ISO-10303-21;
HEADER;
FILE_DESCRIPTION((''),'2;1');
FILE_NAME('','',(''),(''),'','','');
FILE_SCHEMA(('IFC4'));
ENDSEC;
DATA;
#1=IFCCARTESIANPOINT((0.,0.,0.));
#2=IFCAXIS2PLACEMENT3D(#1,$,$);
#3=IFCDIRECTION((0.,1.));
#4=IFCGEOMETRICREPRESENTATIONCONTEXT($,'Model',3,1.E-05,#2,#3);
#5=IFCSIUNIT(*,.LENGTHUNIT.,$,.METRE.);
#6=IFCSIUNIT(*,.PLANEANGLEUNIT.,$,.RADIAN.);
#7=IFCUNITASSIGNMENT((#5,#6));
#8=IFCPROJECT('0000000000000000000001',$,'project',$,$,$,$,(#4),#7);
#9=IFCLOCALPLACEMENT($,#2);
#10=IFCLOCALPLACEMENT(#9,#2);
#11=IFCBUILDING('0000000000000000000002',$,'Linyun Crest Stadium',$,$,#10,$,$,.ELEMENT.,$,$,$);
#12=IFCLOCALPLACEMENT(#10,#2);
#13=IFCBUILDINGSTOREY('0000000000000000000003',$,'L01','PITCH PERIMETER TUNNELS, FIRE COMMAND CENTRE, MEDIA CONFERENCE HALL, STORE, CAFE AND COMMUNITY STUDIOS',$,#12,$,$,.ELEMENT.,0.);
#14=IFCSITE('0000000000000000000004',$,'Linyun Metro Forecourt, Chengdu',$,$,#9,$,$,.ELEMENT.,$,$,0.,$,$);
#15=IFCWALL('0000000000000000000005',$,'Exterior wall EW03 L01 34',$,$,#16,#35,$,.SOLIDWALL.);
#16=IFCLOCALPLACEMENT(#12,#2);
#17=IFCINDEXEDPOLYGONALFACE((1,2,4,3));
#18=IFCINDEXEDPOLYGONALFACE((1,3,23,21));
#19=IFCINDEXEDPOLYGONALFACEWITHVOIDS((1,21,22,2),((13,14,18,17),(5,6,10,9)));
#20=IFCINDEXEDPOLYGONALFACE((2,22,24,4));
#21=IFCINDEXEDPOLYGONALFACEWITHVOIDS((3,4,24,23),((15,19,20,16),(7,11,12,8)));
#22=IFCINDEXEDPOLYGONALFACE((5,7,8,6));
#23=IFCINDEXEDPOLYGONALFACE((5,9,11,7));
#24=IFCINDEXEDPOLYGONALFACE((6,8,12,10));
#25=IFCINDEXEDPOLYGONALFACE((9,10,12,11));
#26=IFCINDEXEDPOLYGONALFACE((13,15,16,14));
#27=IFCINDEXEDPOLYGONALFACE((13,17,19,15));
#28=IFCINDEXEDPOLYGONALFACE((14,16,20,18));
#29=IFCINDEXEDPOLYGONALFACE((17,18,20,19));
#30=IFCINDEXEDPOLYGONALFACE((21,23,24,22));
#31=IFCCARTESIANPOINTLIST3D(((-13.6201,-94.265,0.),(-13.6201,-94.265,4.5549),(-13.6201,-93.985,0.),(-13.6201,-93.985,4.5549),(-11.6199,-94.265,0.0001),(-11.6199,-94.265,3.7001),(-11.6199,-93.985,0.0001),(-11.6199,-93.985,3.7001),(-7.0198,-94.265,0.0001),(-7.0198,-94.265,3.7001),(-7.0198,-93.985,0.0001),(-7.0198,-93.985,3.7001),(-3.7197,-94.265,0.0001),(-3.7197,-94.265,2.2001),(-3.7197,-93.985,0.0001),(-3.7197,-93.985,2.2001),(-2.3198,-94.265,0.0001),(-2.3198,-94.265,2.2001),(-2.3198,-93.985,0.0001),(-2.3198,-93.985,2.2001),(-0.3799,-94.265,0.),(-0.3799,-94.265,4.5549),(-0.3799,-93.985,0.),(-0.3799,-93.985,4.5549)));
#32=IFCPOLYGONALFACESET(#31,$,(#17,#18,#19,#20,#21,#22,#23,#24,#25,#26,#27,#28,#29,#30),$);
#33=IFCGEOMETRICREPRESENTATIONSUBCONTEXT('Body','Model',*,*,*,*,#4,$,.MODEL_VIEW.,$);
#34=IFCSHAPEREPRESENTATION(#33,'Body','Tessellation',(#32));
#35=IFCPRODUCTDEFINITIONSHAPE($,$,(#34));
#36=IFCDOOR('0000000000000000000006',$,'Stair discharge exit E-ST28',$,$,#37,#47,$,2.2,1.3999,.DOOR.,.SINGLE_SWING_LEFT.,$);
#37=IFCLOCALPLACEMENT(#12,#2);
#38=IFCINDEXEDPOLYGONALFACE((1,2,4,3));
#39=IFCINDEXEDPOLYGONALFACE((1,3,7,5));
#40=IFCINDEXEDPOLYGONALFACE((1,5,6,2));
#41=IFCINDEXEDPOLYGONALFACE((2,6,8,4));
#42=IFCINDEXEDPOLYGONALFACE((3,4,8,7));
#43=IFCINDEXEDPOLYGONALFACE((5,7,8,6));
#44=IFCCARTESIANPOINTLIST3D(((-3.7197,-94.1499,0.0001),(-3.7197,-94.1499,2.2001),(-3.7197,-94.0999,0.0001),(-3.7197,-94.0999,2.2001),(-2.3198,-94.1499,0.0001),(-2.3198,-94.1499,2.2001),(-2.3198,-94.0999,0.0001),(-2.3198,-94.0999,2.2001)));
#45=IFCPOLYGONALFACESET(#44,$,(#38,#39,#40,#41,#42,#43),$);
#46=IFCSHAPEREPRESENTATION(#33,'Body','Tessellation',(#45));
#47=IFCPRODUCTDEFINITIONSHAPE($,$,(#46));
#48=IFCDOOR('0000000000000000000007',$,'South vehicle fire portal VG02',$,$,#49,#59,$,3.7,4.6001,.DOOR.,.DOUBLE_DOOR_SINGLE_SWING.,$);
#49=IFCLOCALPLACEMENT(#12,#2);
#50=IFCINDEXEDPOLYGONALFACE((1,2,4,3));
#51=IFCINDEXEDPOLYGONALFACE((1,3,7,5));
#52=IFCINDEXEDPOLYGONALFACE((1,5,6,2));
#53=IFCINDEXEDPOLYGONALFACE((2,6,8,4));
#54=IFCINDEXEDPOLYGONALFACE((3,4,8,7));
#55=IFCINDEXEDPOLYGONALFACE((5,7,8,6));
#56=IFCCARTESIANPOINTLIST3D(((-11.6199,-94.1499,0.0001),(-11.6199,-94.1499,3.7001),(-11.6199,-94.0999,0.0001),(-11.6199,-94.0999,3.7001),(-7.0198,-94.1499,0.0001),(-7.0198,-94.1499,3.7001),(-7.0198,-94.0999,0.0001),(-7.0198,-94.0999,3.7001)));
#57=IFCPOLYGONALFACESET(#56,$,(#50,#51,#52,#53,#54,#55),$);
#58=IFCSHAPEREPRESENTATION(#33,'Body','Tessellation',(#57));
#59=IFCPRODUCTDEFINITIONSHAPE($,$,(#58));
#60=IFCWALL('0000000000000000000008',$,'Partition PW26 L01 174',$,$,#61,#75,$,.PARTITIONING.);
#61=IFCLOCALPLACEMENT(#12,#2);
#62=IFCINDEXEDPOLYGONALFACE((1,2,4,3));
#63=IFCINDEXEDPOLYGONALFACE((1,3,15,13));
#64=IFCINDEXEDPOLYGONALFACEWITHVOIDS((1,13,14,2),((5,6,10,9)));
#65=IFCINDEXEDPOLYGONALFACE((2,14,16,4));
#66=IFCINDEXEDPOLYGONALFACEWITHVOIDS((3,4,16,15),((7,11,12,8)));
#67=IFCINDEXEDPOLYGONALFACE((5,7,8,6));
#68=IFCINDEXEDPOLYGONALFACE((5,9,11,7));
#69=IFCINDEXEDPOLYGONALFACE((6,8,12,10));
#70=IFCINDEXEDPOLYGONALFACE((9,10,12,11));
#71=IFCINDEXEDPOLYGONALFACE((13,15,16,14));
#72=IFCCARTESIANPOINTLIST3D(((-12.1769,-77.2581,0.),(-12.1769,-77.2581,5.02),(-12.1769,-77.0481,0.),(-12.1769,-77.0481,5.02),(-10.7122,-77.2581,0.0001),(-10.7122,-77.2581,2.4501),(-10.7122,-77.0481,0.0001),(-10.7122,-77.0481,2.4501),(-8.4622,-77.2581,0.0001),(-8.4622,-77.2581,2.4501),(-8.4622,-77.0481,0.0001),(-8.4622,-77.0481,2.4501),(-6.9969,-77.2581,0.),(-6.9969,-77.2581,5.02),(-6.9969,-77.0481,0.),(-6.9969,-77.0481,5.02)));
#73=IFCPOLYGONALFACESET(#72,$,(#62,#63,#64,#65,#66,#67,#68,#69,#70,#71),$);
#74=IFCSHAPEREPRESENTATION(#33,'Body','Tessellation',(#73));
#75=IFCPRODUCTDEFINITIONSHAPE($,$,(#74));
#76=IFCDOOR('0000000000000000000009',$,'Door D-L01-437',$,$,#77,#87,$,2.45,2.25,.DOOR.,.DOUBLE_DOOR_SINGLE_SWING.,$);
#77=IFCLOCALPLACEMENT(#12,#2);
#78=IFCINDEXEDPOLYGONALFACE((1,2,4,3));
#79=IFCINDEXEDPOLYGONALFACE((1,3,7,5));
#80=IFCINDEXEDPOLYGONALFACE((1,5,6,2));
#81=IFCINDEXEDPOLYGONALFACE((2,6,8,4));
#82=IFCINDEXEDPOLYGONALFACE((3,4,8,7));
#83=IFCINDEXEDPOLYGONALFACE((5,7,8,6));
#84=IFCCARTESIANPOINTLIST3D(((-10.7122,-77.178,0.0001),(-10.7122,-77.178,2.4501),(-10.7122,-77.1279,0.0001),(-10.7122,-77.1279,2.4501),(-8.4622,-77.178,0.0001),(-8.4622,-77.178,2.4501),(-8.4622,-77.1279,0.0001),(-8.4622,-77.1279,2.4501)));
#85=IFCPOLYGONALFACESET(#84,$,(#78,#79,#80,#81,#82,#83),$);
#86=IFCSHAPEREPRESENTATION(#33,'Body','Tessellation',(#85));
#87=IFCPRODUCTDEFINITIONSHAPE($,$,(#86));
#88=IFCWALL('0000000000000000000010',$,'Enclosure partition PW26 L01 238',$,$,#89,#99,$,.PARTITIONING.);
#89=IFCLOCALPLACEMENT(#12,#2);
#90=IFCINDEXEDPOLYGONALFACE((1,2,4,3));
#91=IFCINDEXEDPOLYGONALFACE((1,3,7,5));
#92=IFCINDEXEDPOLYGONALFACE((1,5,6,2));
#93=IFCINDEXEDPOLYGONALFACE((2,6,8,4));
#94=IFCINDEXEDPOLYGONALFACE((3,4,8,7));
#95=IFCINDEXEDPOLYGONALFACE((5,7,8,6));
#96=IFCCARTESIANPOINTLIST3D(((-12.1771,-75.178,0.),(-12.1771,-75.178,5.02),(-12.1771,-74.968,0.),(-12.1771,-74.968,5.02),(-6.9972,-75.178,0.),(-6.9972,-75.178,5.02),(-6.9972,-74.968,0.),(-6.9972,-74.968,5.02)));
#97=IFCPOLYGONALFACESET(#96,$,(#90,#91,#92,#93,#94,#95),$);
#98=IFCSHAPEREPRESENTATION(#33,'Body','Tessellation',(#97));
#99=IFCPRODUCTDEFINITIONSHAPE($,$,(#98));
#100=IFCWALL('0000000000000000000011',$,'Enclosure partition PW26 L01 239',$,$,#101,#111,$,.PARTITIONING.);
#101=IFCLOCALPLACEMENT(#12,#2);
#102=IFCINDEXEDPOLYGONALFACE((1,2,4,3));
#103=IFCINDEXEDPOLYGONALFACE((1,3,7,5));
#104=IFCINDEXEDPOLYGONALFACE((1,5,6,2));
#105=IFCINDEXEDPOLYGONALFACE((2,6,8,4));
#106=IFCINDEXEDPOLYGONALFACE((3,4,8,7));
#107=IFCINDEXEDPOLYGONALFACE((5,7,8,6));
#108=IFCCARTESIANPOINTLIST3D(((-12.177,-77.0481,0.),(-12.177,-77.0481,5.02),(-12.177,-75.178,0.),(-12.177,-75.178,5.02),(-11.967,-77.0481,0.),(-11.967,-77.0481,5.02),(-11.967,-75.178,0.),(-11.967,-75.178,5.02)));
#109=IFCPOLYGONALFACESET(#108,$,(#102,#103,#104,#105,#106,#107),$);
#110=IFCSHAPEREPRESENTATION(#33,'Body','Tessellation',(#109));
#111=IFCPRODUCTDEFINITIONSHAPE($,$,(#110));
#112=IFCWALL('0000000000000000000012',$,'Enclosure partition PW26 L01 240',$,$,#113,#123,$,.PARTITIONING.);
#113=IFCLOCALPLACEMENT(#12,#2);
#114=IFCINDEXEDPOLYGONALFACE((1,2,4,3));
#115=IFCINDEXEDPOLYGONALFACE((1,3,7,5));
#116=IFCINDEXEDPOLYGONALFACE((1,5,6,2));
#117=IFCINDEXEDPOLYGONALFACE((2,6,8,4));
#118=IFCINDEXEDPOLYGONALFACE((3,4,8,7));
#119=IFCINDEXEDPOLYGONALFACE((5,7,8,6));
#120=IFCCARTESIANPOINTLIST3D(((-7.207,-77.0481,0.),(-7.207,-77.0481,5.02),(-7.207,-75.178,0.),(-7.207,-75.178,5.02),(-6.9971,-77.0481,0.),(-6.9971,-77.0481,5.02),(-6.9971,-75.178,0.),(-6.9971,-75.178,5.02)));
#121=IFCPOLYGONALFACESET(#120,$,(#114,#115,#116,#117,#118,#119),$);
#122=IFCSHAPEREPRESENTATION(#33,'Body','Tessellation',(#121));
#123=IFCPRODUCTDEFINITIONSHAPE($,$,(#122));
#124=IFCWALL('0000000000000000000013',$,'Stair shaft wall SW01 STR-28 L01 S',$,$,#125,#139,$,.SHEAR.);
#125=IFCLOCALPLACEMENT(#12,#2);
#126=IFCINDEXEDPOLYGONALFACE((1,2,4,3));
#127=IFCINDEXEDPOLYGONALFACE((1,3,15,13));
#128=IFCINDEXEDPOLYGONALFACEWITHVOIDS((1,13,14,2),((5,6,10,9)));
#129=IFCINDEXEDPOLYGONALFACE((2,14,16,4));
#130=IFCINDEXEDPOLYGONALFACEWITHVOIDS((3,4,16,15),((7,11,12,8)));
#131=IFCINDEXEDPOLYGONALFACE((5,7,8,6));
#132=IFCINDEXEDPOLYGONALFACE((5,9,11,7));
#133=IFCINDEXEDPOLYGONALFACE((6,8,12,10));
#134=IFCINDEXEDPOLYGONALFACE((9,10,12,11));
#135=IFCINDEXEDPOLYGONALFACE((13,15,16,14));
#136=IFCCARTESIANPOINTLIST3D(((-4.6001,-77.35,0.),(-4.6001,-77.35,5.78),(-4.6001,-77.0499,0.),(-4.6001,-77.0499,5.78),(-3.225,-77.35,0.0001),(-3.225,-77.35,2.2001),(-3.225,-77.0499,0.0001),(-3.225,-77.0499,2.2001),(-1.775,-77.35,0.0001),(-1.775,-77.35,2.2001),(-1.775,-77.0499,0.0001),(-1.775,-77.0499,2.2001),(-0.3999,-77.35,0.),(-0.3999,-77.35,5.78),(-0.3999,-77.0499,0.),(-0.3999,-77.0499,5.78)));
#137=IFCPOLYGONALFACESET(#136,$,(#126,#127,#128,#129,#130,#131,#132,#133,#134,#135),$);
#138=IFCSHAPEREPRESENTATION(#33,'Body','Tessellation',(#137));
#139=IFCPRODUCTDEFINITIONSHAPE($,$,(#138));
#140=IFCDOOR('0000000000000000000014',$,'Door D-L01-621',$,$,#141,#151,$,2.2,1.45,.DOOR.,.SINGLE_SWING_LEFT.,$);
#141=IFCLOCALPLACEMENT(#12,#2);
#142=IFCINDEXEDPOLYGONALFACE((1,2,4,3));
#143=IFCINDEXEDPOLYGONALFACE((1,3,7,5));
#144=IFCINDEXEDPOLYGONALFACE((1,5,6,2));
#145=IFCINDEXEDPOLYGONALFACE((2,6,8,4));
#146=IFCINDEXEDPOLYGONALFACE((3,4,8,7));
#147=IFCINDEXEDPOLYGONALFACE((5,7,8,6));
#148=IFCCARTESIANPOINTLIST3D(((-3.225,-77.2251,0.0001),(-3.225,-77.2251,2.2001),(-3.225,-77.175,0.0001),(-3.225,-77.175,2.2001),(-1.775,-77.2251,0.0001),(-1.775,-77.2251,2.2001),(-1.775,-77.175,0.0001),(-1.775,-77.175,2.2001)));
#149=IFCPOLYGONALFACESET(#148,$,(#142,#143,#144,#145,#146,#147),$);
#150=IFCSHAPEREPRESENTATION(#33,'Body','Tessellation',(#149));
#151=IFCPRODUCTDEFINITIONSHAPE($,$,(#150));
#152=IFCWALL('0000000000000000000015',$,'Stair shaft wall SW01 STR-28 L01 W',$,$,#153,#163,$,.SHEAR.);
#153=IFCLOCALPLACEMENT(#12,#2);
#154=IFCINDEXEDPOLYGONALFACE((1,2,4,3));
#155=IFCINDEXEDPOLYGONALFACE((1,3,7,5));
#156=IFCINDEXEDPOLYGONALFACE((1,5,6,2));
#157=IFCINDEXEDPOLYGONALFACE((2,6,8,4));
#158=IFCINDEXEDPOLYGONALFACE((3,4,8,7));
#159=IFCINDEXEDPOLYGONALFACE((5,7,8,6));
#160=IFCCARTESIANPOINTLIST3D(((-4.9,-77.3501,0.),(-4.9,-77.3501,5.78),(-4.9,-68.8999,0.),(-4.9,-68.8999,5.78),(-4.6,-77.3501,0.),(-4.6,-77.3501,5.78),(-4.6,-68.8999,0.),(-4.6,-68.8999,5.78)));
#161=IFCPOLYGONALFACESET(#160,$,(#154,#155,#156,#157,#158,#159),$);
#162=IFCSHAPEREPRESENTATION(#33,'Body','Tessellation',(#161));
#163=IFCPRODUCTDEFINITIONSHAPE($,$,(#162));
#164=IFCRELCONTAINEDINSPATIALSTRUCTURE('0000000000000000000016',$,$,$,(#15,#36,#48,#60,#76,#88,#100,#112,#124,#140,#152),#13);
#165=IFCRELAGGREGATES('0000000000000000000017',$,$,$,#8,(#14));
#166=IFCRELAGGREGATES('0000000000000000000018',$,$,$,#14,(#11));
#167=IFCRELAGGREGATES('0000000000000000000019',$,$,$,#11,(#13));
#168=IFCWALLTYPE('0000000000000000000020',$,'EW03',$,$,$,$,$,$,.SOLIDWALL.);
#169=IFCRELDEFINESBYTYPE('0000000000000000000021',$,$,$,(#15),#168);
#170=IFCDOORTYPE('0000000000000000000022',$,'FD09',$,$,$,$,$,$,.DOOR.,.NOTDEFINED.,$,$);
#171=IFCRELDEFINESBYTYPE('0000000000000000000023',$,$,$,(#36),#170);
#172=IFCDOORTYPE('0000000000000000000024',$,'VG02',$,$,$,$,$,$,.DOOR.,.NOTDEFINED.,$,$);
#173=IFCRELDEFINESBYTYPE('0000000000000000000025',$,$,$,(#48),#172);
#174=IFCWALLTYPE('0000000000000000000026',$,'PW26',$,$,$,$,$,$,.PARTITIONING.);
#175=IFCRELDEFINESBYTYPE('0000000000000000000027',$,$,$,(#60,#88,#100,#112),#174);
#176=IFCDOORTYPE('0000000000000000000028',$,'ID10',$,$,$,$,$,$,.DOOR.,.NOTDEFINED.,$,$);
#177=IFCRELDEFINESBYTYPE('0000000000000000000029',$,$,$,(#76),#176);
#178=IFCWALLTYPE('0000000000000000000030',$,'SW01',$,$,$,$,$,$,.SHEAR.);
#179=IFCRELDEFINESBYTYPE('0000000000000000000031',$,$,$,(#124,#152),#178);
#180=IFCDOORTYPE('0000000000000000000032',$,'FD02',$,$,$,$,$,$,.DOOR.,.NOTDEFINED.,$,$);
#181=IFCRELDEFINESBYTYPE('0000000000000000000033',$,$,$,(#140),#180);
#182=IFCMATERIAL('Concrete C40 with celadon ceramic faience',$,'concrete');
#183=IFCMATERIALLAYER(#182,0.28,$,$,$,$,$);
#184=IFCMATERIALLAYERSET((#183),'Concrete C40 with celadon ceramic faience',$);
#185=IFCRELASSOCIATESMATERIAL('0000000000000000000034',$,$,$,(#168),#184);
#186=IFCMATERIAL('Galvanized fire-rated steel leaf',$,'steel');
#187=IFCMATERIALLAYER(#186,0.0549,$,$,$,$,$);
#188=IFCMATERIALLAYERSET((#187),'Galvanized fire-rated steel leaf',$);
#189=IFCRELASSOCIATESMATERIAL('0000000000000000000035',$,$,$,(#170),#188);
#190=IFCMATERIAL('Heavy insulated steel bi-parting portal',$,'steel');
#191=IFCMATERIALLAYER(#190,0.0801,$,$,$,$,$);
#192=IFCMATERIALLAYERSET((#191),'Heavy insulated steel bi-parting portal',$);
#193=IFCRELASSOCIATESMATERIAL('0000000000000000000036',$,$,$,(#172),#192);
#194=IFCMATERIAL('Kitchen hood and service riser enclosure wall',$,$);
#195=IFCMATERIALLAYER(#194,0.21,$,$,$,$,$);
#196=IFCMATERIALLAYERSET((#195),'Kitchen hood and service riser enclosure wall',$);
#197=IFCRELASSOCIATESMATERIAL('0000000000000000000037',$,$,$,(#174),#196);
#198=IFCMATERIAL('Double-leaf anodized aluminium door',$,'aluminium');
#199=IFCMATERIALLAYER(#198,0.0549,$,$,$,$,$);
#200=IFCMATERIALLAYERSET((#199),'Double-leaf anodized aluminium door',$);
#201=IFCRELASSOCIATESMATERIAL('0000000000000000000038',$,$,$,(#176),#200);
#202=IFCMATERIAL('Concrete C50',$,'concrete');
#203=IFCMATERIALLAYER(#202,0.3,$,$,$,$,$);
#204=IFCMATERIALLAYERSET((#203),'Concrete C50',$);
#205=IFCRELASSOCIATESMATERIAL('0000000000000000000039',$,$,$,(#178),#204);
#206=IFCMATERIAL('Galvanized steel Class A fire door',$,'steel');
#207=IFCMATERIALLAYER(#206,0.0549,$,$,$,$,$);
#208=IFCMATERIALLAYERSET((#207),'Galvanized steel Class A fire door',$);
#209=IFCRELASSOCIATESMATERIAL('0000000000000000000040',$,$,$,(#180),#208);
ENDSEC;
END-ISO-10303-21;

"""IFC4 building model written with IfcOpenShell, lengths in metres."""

from ifc_helpers import new_model, si_unit, direction, frame, frame_2d, origin, place, context, subcontext, project, spatial, rectangle, extrude, material, layer, layer_set, type_object, element, fill, save


model = new_model("IFC4")

# Units and contexts
model_context = context("Model", 3, precision=1e-05, world=origin(), true_north=direction((0.0, 1.0)))
body_context = subcontext(model_context, "Body", "Model", "MODEL_VIEW")
ifc_project = project(units=[si_unit("LENGTHUNIT", "METRE"), si_unit("PLANEANGLEUNIT", "RADIAN")], contexts=[model_context])

# Site, building, storey
site_placement = place(None, origin())
site = spatial("IfcSite", under=ifc_project, at=site_placement, Name="Linyun Metro Forecourt, Chengdu", CompositionType="ELEMENT", RefElevation=0.0)
building_placement = place(site_placement, origin())
building = spatial("IfcBuilding", under=site, at=building_placement, Name="Linyun Crest Stadium", CompositionType="ELEMENT")
storey_placement = place(building_placement, origin())
storey = spatial("IfcBuildingStorey", under=building, at=storey_placement, Name="L01", Description="PITCH PERIMETER TUNNELS, FIRE COMMAND CENTRE, MEDIA CONFERENCE HALL, STORE, CAFE AND COMMUNITY STUDIOS", CompositionType="ELEMENT", Elevation=0.0)

# Wall, openings, doors
ifc_material_1 = material(Name="Concrete C40 with celadon ceramic faience", Category="concrete")
ifc_layer_1 = layer(ifc_material_1, 0.28)
ifc_layer_set_1 = layer_set([ifc_layer_1], Name="Concrete C40 with celadon ceramic faience")
wall_type_1 = type_object("IfcWallType", Name="EW03", PredefinedType="SOLIDWALL", material=ifc_layer_set_1)
wall_1_placement = place(storey_placement, frame((-0.3799, -94.125, 0.0), z_axis=(0.0, 0.0, 1.0), x_axis=(-1.0, 0.0, 0.0)))
wall_1 = element("IfcWall", 1, at=wall_1_placement, inside=storey, type_object=wall_type_1, Name="Exterior wall EW03 L01 34", PredefinedType="SOLIDWALL", context=body_context, shape_type="SweptSolid", body=[
    extrude(rectangle(XDim=13.2402, YDim=0.28, at=frame_2d((6.6201, 0.0))), origin(), (0.0, 0.0, 1.0), 4.5549),
])
opening_1_placement = place(wall_1_placement, frame((6.6399, 0.0, 0.0)))
opening_1 = element("IfcOpeningElement", 2, at=opening_1_placement, cuts=wall_1, PredefinedType="OPENING", context=body_context, shape_type="SweptSolid", body=[
    extrude(rectangle(XDim=4.6001, YDim=3.7, at=frame_2d((2.3, 1.8501))), frame((0.0, 0.1499, 0.0), z_axis=(0.0, -1.0, 0.0), x_axis=(1.0, 0.0, 0.0)), (0.0, 0.0, 1.0), 0.3),
])
opening_2_placement = place(wall_1_placement, frame((1.9399, 0.0, 0.0)))
opening_2 = element("IfcOpeningElement", 3, at=opening_2_placement, cuts=wall_1, PredefinedType="OPENING", context=body_context, shape_type="SweptSolid", body=[
    extrude(rectangle(XDim=1.3999, YDim=2.2, at=frame_2d((0.7, 1.1001))), frame((0.0, 0.1499, 0.0), z_axis=(0.0, -1.0, 0.0), x_axis=(1.0, 0.0, 0.0)), (0.0, 0.0, 1.0), 0.3),
])
ifc_material_2 = material(Name="Galvanized fire-rated steel leaf", Category="steel")
ifc_layer_2 = layer(ifc_material_2, 0.0549)
ifc_layer_set_2 = layer_set([ifc_layer_2], Name="Galvanized fire-rated steel leaf")
door_type_1 = type_object("IfcDoorType", Name="FD09", OperationType="NOTDEFINED", PredefinedType="DOOR", material=ifc_layer_set_2)
door_1_placement = place(opening_2_placement, origin())
door_1 = element("IfcDoor", 4, at=door_1_placement, inside=storey, type_object=door_type_1, Name="Stair discharge exit E-ST28", OperationType="SINGLE_SWING_LEFT", OverallHeight=2.2, OverallWidth=1.3999, PredefinedType="DOOR", context=body_context, shape_type="SweptSolid", body=[
    extrude(rectangle(XDim=1.3999, YDim=2.2, at=frame_2d((0.7, 1.1001))), frame((0.0, 0.0249, 0.0), z_axis=(0.0, -1.0, 0.0), x_axis=(1.0, 0.0, 0.0)), (0.0, 0.0, 1.0), 0.05),
])
fill(opening_2, door_1)
ifc_material_3 = material(Name="Heavy insulated steel bi-parting portal", Category="steel")
ifc_layer_3 = layer(ifc_material_3, 0.0801)
ifc_layer_set_3 = layer_set([ifc_layer_3], Name="Heavy insulated steel bi-parting portal")
door_type_2 = type_object("IfcDoorType", Name="VG02", OperationType="NOTDEFINED", PredefinedType="DOOR", material=ifc_layer_set_3)
door_2_placement = place(opening_1_placement, origin())
door_2 = element("IfcDoor", 5, at=door_2_placement, inside=storey, type_object=door_type_2, Name="South vehicle fire portal VG02", OperationType="DOUBLE_DOOR_SINGLE_SWING", OverallHeight=3.7, OverallWidth=4.6001, PredefinedType="DOOR", context=body_context, shape_type="SweptSolid", body=[
    extrude(rectangle(XDim=4.6001, YDim=3.7, at=frame_2d((2.3, 1.8501))), frame((0.0, 0.0249, 0.0), z_axis=(0.0, -1.0, 0.0), x_axis=(1.0, 0.0, 0.0)), (0.0, 0.0, 1.0), 0.05),
])
fill(opening_1, door_2)

# Wall, opening, door
ifc_material_4 = material(Name="Kitchen hood and service riser enclosure wall")
ifc_layer_4 = layer(ifc_material_4, 0.21)
ifc_layer_set_4 = layer_set([ifc_layer_4], Name="Kitchen hood and service riser enclosure wall")
wall_type_2 = type_object("IfcWallType", Name="PW26", PredefinedType="PARTITIONING", material=ifc_layer_set_4)
wall_2_placement = place(storey_placement, frame((-6.9971, -77.1531, 0.0), z_axis=(0.0, 0.0, 1.0), x_axis=(-1.0, 0.0, 0.0)))
wall_2 = element("IfcWall", 6, at=wall_2_placement, inside=storey, type_object=wall_type_2, Name="Partition PW26 L01 174", PredefinedType="PARTITIONING", context=body_context, shape_type="SweptSolid", body=[
    extrude(rectangle(XDim=5.1799, YDim=0.21, at=frame_2d((2.5898, 0.0))), origin(), (0.0, 0.0, 1.0), 5.02),
])
opening_3_placement = place(wall_2_placement, frame((1.4651, 0.0, 0.0)))
opening_3 = element("IfcOpeningElement", 7, at=opening_3_placement, cuts=wall_2, PredefinedType="OPENING", context=body_context, shape_type="SweptSolid", body=[
    extrude(rectangle(XDim=2.25, YDim=2.45, at=frame_2d((1.125, 1.2251))), frame((0.0, 0.115, 0.0), z_axis=(0.0, -1.0, 0.0), x_axis=(1.0, 0.0, 0.0)), (0.0, 0.0, 1.0), 0.23),
])
ifc_material_5 = material(Name="Double-leaf anodized aluminium door", Category="aluminium")
ifc_layer_5 = layer(ifc_material_5, 0.0549)
ifc_layer_set_5 = layer_set([ifc_layer_5], Name="Double-leaf anodized aluminium door")
door_type_3 = type_object("IfcDoorType", Name="ID10", OperationType="NOTDEFINED", PredefinedType="DOOR", material=ifc_layer_set_5)
door_3_placement = place(opening_3_placement, origin())
door_3 = element("IfcDoor", 8, at=door_3_placement, inside=storey, type_object=door_type_3, Name="Door D-L01-437", OperationType="DOUBLE_DOOR_SINGLE_SWING", OverallHeight=2.45, OverallWidth=2.25, PredefinedType="DOOR", context=body_context, shape_type="SweptSolid", body=[
    extrude(rectangle(XDim=2.25, YDim=2.45, at=frame_2d((1.125, 1.2251))), frame((0.0, 0.0249, 0.0), z_axis=(0.0, -1.0, 0.0), x_axis=(1.0, 0.0, 0.0)), (0.0, 0.0, 1.0), 0.05),
])
fill(opening_3, door_3)

# Walls
wall_3_placement = place(storey_placement, frame((-12.177, -75.073, 0.0), z_axis=(0.0, 0.0, 1.0), x_axis=(1.0, 0.0, 0.0)))
element("IfcWall", 9, at=wall_3_placement, inside=storey, type_object=wall_type_2, Name="Enclosure partition PW26 L01 238", PredefinedType="PARTITIONING", context=body_context, shape_type="SweptSolid", body=[
    extrude(rectangle(XDim=5.1799, YDim=0.21, at=frame_2d((2.5898, 0.0))), origin(), (0.0, 0.0, 1.0), 5.02),
])
for number, where, z_axis, x_axis, name in (
    (10, (-12.072, -77.0481, 0.0), (0.0, 0.0, 1.0), (0.0, 1.0, 0.0), "Enclosure partition PW26 L01 239"),
    (11, (-7.1021, -77.0481, 0.0), (0.0, 0.0, 1.0), (0.0, 1.0, 0.0), "Enclosure partition PW26 L01 240"),
):
    element("IfcWall", number, at=place(storey_placement, frame(where, z_axis=z_axis, x_axis=x_axis)), inside=storey, type_object=wall_type_2, Name=name, PredefinedType="PARTITIONING", context=body_context, shape_type="SweptSolid", body=[
        extrude(rectangle(XDim=1.8701, YDim=0.21, at=frame_2d((0.9351, 0.0))), origin(), (0.0, 0.0, 1.0), 5.02),
    ])

# Wall, opening, door
ifc_material_6 = material(Name="Concrete C50", Category="concrete")
ifc_layer_6 = layer(ifc_material_6, 0.3)
ifc_layer_set_6 = layer_set([ifc_layer_6], Name="Concrete C50")
wall_type_3 = type_object("IfcWallType", Name="SW01", PredefinedType="SHEAR", material=ifc_layer_set_6)
wall_4_placement = place(storey_placement, frame((-4.6001, -77.2, 0.0), z_axis=(0.0, 0.0, 1.0), x_axis=(1.0, 0.0, 0.0)))
wall_4 = element("IfcWall", 12, at=wall_4_placement, inside=storey, type_object=wall_type_3, Name="Stair shaft wall SW01 STR-28 L01 S", PredefinedType="SHEAR", context=body_context, shape_type="SweptSolid", body=[
    extrude(rectangle(XDim=4.2002, YDim=0.3, at=frame_2d((2.1001, 0.0))), origin(), (0.0, 0.0, 1.0), 5.78),
])
opening_4_placement = place(wall_4_placement, frame((1.375, 0.0, 0.0)))
opening_4 = element("IfcOpeningElement", 13, at=opening_4_placement, cuts=wall_4, PredefinedType="OPENING", context=body_context, shape_type="SweptSolid", body=[
    extrude(rectangle(XDim=1.45, YDim=2.2, at=frame_2d((0.7251, 1.1001))), frame((0.0, 0.1599, 0.0), z_axis=(0.0, -1.0, 0.0), x_axis=(1.0, 0.0, 0.0)), (0.0, 0.0, 1.0), 0.3201),
])
ifc_material_7 = material(Name="Galvanized steel Class A fire door", Category="steel")
ifc_layer_7 = layer(ifc_material_7, 0.0549)
ifc_layer_set_7 = layer_set([ifc_layer_7], Name="Galvanized steel Class A fire door")
door_type_4 = type_object("IfcDoorType", Name="FD02", OperationType="NOTDEFINED", PredefinedType="DOOR", material=ifc_layer_set_7)
door_4_placement = place(opening_4_placement, origin())
door_4 = element("IfcDoor", 14, at=door_4_placement, inside=storey, type_object=door_type_4, Name="Door D-L01-621", OperationType="SINGLE_SWING_LEFT", OverallHeight=2.2, OverallWidth=1.45, PredefinedType="DOOR", context=body_context, shape_type="SweptSolid", body=[
    extrude(rectangle(XDim=1.45, YDim=2.2, at=frame_2d((0.7251, 1.1001))), frame((0.0, 0.0249, 0.0), z_axis=(0.0, -1.0, 0.0), x_axis=(1.0, 0.0, 0.0)), (0.0, 0.0, 1.0), 0.05),
])
fill(opening_4, door_4)

# Wall
for number, where, z_axis, x_axis, name in (
    (15, (-4.75, -77.3501, 0.0), (0.0, 0.0, 1.0), (0.0, 1.0, 0.0), "Stair shaft wall SW01 STR-28 L01 W"),
):
    element("IfcWall", number, at=place(storey_placement, frame(where, z_axis=z_axis, x_axis=x_axis)), inside=storey, type_object=wall_type_3, Name=name, PredefinedType="SHEAR", context=body_context, shape_type="SweptSolid", body=[
        extrude(rectangle(XDim=8.4502, YDim=0.3, at=frame_2d((4.2251, 0.0))), origin(), (0.0, 0.0, 1.0), 5.78),
    ])

save(model, "model.ifc")
